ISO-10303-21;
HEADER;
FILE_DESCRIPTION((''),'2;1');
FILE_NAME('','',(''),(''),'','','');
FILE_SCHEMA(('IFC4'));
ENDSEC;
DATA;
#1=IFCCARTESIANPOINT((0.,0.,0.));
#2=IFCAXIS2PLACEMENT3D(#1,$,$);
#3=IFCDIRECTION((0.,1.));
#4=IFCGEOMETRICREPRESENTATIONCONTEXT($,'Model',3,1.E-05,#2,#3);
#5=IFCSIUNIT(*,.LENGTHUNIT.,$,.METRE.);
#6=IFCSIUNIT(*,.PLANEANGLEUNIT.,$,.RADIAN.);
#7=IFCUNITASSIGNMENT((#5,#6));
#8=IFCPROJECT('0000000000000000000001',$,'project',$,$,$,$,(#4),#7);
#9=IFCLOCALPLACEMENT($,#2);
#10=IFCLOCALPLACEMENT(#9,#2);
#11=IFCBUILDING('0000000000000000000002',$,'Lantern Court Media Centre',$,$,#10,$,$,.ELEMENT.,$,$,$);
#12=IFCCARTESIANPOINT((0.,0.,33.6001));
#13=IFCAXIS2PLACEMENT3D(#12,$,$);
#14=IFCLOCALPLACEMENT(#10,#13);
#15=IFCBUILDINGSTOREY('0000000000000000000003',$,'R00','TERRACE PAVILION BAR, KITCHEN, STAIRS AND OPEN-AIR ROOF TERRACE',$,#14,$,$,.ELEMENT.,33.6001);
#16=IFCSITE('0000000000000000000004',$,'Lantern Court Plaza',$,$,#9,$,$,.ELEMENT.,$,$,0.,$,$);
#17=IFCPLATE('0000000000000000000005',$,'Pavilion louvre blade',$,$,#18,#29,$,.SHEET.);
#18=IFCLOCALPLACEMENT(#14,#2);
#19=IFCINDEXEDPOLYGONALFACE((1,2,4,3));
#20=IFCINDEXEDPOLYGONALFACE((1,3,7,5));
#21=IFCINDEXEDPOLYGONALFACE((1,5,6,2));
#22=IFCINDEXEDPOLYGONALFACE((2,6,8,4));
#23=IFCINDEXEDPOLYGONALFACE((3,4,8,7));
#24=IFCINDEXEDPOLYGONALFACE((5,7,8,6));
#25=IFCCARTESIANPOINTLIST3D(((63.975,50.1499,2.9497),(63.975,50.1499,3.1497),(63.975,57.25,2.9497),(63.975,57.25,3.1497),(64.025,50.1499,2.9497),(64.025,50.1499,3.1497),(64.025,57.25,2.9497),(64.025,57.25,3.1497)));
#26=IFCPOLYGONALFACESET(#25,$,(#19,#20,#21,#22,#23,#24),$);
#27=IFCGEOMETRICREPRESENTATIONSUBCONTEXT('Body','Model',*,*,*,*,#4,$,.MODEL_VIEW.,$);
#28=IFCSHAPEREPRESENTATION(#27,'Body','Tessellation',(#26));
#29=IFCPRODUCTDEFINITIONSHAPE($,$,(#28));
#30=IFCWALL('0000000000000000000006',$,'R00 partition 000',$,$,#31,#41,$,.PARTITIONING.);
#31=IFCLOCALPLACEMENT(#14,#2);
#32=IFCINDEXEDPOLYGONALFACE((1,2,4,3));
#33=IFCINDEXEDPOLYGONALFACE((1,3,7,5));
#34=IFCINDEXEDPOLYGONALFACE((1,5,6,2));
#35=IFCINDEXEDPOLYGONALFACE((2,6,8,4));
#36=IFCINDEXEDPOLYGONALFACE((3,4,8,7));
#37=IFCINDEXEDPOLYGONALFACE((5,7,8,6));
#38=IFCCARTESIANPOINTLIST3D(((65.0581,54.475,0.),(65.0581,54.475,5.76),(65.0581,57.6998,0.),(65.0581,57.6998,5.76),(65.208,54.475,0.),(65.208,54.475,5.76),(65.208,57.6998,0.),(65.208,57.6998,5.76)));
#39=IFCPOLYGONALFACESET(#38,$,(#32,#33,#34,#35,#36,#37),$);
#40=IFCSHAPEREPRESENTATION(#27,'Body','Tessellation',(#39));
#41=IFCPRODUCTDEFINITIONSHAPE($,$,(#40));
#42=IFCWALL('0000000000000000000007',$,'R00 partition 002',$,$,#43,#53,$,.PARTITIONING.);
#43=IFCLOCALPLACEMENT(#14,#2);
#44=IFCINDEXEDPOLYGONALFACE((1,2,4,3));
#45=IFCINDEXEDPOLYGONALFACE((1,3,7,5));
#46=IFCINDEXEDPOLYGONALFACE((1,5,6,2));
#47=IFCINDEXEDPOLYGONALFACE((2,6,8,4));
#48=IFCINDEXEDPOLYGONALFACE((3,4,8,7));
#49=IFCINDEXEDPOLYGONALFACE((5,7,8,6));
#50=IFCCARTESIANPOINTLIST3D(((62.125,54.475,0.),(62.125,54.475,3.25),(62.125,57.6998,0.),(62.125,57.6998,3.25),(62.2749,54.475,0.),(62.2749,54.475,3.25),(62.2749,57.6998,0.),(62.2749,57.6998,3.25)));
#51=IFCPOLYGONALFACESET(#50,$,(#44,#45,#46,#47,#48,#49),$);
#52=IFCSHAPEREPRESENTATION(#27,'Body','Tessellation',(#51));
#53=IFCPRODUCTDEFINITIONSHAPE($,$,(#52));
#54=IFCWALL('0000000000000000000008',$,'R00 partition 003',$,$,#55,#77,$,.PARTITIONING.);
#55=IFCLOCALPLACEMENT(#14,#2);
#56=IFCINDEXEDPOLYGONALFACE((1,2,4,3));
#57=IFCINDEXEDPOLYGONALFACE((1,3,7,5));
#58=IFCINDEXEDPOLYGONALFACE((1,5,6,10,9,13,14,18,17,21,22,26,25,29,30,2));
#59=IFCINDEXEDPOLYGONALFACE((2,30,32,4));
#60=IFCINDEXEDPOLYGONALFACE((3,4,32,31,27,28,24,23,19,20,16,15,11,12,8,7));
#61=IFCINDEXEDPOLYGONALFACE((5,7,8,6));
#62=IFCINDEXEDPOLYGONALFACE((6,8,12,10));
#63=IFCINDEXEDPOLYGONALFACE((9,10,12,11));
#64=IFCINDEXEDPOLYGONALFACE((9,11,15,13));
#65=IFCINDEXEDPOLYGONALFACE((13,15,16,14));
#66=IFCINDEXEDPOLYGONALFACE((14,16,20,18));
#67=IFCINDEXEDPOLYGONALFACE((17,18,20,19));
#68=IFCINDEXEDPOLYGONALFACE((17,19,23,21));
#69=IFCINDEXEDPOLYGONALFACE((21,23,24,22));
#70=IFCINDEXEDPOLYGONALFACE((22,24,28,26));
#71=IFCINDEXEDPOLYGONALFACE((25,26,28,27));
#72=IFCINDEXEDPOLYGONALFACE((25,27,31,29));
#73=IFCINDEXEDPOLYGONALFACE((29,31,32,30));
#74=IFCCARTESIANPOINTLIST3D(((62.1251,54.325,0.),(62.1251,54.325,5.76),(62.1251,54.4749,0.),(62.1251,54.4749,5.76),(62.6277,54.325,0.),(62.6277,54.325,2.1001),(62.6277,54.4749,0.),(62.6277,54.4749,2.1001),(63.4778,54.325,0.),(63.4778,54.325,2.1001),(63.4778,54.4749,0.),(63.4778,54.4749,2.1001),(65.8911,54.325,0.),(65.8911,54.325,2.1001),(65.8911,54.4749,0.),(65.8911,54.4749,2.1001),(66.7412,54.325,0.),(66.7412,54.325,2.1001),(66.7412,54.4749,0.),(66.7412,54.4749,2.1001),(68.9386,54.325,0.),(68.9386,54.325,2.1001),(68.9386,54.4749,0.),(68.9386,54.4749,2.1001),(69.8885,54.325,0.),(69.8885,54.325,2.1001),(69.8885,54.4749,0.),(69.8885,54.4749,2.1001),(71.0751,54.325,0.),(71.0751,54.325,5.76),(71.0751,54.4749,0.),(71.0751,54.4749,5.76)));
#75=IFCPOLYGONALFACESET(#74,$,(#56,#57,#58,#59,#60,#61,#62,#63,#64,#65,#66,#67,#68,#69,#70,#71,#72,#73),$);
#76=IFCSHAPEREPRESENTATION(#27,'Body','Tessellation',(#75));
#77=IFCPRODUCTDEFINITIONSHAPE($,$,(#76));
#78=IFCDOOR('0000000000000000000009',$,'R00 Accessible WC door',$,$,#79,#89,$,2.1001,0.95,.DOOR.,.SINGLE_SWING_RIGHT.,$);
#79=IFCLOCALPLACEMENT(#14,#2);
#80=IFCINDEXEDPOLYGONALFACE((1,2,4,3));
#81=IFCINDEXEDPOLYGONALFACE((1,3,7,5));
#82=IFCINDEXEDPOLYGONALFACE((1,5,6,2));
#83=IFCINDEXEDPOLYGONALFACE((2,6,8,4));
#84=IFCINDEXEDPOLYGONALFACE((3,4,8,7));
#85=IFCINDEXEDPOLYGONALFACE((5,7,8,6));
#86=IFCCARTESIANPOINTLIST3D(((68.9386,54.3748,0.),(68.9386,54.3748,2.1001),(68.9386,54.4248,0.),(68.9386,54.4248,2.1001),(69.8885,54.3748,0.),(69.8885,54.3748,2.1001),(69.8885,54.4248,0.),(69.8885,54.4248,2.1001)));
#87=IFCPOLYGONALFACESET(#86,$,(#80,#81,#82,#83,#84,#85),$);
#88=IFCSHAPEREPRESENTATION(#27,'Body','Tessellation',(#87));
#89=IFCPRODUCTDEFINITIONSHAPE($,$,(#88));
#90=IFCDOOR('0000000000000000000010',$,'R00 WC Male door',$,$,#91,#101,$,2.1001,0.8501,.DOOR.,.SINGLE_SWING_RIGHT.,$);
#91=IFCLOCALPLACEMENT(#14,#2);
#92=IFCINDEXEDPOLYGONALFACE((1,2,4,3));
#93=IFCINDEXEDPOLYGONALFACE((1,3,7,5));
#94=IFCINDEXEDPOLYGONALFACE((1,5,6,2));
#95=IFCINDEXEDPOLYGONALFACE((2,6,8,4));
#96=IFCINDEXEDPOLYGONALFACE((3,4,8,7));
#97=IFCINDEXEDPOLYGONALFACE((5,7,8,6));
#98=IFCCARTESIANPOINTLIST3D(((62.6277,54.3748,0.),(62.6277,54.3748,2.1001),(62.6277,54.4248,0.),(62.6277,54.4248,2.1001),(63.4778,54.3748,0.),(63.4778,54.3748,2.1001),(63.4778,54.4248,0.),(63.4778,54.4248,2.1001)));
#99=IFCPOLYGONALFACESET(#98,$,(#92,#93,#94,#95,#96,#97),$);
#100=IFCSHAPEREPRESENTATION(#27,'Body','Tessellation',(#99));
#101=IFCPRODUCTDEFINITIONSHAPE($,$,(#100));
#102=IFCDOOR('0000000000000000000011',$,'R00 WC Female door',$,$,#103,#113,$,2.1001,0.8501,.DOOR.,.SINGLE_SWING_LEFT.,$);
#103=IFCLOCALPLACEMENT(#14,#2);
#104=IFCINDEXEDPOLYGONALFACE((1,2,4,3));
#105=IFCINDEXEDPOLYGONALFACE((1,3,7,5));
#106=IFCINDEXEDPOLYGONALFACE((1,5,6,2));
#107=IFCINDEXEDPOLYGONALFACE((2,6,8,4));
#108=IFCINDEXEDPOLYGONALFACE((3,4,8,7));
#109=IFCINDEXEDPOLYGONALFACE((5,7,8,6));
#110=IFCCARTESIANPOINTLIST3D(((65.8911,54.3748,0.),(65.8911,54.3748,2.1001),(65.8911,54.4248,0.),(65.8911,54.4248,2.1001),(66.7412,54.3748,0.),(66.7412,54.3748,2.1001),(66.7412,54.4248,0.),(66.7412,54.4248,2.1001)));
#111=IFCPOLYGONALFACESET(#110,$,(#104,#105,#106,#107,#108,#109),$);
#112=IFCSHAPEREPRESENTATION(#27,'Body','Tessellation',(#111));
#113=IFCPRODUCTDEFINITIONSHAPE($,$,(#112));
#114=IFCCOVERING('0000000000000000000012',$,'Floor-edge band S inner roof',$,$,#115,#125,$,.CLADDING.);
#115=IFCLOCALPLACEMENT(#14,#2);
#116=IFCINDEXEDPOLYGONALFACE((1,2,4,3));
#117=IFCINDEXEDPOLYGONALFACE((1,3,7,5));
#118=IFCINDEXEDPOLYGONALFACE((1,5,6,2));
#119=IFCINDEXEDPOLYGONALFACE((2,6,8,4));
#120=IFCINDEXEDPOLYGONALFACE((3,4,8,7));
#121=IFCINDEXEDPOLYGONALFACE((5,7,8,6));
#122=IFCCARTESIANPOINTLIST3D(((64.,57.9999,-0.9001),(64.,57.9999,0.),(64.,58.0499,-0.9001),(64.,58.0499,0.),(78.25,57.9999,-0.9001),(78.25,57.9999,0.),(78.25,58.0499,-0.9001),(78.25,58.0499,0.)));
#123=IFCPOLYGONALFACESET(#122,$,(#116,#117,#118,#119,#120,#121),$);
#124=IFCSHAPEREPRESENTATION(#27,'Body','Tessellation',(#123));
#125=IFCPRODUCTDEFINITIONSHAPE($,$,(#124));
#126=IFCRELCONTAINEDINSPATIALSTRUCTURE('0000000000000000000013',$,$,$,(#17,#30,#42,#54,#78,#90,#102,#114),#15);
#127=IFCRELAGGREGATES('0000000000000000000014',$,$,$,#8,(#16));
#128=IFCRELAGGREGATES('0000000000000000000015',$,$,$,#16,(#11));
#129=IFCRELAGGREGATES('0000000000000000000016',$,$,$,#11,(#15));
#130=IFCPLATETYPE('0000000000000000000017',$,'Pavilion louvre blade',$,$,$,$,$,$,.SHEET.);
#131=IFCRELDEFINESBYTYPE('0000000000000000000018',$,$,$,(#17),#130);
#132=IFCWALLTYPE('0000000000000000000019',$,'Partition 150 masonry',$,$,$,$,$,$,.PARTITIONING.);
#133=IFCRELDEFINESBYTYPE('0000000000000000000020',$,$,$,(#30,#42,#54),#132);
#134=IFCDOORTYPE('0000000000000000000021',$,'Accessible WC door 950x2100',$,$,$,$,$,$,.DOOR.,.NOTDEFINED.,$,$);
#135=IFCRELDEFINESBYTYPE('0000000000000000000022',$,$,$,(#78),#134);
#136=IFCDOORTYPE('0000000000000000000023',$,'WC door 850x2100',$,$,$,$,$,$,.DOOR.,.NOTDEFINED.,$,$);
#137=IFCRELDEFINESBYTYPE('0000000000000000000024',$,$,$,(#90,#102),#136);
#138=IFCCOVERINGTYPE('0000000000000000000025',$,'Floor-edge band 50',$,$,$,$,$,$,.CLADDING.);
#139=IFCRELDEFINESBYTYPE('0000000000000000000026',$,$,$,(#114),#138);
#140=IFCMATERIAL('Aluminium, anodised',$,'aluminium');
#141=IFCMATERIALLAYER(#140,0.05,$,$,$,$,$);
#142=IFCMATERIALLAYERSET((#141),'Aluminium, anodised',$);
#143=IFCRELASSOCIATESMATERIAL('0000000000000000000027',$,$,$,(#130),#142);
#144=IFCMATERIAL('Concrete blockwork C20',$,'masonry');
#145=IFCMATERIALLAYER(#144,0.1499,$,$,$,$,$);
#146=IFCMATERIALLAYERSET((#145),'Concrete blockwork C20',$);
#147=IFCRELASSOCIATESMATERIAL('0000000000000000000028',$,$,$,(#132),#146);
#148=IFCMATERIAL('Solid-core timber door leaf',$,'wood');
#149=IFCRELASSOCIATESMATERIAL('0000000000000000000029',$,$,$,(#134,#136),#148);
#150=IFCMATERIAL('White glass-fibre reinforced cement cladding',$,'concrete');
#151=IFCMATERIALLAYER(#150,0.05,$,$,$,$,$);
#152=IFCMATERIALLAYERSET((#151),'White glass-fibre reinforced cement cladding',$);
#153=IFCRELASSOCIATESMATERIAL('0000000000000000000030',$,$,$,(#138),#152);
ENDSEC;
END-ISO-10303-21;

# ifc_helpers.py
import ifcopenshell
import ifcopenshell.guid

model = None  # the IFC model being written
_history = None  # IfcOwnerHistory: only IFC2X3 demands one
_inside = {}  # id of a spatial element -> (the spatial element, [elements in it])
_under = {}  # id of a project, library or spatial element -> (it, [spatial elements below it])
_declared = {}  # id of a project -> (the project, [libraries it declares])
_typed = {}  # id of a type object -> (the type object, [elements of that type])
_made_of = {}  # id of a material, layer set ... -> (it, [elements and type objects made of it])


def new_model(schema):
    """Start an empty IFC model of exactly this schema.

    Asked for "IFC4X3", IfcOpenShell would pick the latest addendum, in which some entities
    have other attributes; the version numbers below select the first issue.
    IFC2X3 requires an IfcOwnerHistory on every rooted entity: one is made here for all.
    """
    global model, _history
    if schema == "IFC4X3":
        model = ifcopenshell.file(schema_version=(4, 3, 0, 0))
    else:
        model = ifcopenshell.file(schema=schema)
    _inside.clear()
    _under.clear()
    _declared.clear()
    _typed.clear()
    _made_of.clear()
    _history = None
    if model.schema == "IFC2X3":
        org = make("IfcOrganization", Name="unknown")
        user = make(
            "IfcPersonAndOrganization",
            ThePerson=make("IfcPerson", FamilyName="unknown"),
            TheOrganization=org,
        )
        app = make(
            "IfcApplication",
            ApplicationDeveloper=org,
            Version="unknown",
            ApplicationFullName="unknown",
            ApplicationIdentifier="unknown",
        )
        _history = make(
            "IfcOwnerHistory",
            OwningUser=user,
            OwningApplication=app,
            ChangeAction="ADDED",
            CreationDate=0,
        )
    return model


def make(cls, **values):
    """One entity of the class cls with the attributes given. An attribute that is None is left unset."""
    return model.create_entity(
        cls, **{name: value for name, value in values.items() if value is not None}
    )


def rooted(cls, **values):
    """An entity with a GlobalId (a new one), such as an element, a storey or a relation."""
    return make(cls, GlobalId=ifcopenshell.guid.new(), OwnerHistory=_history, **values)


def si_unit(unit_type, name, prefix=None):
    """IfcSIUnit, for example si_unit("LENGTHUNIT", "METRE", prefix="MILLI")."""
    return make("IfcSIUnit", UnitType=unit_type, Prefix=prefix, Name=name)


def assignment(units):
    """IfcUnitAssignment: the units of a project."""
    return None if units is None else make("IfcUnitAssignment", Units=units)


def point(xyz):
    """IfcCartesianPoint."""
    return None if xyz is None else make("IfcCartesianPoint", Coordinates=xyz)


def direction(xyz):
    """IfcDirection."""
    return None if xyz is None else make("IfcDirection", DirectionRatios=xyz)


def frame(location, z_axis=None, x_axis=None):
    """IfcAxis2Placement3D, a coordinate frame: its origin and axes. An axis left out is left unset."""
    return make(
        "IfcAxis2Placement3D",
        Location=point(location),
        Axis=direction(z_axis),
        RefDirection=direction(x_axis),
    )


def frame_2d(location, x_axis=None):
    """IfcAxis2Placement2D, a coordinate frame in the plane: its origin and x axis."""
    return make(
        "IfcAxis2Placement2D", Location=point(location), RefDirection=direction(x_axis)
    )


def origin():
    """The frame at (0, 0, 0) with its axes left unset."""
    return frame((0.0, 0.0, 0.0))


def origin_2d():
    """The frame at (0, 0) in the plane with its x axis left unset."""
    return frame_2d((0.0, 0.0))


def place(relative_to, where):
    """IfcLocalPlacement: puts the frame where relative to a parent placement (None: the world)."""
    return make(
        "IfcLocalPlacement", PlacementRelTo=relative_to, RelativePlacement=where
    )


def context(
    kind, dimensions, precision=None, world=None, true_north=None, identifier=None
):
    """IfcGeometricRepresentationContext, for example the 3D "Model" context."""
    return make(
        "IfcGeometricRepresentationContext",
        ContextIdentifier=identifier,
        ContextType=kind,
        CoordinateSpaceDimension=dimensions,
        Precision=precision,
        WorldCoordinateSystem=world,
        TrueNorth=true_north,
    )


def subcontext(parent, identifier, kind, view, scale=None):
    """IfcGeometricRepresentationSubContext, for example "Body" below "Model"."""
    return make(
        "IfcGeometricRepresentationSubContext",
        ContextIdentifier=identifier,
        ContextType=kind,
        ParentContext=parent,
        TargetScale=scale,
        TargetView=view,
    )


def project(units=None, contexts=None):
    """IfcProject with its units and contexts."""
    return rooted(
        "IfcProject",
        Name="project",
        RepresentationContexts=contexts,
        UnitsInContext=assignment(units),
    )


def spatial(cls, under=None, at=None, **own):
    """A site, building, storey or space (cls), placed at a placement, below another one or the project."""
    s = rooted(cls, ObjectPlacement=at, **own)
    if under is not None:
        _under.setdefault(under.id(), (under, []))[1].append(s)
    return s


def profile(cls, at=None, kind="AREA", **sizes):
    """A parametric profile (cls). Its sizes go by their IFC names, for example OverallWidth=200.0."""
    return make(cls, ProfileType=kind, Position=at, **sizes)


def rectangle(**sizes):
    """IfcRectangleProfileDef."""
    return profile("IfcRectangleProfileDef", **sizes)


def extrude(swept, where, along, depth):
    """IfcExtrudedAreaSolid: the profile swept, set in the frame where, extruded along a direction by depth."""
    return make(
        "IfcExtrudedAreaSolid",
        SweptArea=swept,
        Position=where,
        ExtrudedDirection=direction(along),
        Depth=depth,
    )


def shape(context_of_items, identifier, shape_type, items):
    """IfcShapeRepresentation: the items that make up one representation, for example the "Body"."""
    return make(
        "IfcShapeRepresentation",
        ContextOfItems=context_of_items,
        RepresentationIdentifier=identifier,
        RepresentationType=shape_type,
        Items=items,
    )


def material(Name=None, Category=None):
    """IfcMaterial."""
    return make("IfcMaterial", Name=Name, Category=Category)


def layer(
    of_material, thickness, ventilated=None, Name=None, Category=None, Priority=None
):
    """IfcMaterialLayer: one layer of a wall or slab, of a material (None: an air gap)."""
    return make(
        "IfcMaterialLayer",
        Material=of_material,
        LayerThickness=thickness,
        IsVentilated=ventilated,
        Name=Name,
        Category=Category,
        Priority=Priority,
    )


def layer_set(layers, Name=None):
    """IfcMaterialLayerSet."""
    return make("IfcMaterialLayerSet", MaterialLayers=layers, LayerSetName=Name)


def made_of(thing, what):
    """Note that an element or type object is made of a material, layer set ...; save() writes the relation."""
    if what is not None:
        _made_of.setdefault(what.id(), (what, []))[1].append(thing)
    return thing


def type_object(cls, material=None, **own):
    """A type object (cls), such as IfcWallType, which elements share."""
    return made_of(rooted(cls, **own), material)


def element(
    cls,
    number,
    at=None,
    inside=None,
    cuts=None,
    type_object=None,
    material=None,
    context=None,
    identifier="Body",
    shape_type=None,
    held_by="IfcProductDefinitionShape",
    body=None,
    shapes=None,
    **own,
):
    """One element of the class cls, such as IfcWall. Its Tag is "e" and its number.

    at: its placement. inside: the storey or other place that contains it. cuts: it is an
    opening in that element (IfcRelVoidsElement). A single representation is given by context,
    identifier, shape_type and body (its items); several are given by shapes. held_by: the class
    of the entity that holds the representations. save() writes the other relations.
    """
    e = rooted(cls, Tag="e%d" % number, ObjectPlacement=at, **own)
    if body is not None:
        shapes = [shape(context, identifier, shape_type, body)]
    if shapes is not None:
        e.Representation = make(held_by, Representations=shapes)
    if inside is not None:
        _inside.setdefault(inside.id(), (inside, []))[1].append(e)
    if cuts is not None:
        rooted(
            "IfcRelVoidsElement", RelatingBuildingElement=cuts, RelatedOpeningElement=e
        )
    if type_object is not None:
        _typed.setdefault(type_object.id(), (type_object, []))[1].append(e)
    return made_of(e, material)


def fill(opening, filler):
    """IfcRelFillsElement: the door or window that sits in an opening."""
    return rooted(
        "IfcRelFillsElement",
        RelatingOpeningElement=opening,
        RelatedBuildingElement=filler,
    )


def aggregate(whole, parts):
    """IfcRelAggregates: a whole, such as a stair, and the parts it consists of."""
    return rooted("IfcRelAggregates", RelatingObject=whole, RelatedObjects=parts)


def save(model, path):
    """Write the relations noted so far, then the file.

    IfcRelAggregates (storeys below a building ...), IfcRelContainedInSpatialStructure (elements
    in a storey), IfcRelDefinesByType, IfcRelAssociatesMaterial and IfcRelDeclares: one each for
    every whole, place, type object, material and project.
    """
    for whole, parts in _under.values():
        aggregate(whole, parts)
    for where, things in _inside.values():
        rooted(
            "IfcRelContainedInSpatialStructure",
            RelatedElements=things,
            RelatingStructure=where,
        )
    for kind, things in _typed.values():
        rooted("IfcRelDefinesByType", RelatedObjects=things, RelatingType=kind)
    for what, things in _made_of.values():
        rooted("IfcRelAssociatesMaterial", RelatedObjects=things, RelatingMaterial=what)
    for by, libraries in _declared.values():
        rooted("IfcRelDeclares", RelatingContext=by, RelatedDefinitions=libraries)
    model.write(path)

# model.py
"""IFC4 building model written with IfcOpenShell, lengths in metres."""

from ifc_helpers import new_model, si_unit, direction, frame, frame_2d, origin, origin_2d, place, context, subcontext, project, spatial, rectangle, extrude, material, layer, layer_set, type_object, element, fill, save


model = new_model("IFC4")

# Units and contexts
model_context = context("Model", 3, precision=1e-05, world=origin(), true_north=direction((0.0, 1.0)))
body_context = subcontext(model_context, "Body", "Model", "MODEL_VIEW")
ifc_project = project(units=[si_unit("LENGTHUNIT", "METRE"), si_unit("PLANEANGLEUNIT", "RADIAN")], contexts=[model_context])

# Site, building, storey
site_placement = place(None, origin())
site = spatial("IfcSite", under=ifc_project, at=site_placement, Name="Lantern Court Plaza", CompositionType="ELEMENT", RefElevation=0.0)
building_placement = place(site_placement, origin())
building = spatial("IfcBuilding", under=site, at=building_placement, Name="Lantern Court Media Centre", CompositionType="ELEMENT")
storey_placement = place(building_placement, frame((0.0, 0.0, 33.6001)))
storey = spatial("IfcBuildingStorey", under=building, at=storey_placement, Name="R00", Description="TERRACE PAVILION BAR, KITCHEN, STAIRS AND OPEN-AIR ROOF TERRACE", CompositionType="ELEMENT", Elevation=33.6001)

# Plate
ifc_material_1 = material(Name="Aluminium, anodised", Category="aluminium")
ifc_layer_1 = layer(ifc_material_1, 0.05)
ifc_layer_set_1 = layer_set([ifc_layer_1], Name="Aluminium, anodised")
plate_type = type_object("IfcPlateType", Name="Pavilion louvre blade", PredefinedType="SHEET", material=ifc_layer_set_1)
for number, where, z_axis, x_axis, name in (
    (1, (64.0, 53.7, 2.9497), (0.0, 0.0, 1.0), (1.0, 0.0, 0.0), "Pavilion louvre blade"),
):
    element("IfcPlate", number, at=place(storey_placement, frame(where, z_axis=z_axis, x_axis=x_axis)), inside=storey, type_object=plate_type, Name=name, PredefinedType="SHEET", context=body_context, shape_type="SweptSolid", body=[
        extrude(rectangle(XDim=0.05, YDim=7.1001, at=origin_2d()), origin(), (0.0, 0.0, 1.0), 0.2),
    ])

# Walls
ifc_material_2 = material(Name="Concrete blockwork C20", Category="masonry")
ifc_layer_2 = layer(ifc_material_2, 0.1499)
ifc_layer_set_2 = layer_set([ifc_layer_2], Name="Concrete blockwork C20")
wall_type = type_object("IfcWallType", Name="Partition 150 masonry", PredefinedType="PARTITIONING", material=ifc_layer_set_2)
wall_1_placement = place(storey_placement, frame((65.1331, 54.4751, 0.0), z_axis=(0.0, 0.0, 1.0), x_axis=(0.0, 1.0, 0.0)))
element("IfcWall", 2, at=wall_1_placement, inside=storey, type_object=wall_type, Name="R00 partition 000", PredefinedType="PARTITIONING", context=body_context, shape_type="SweptSolid", body=[
    extrude(rectangle(XDim=3.2249, YDim=0.1499, at=frame_2d((1.6123, 0.0))), origin(), (0.0, 0.0, 1.0), 5.76),
])
wall_2_placement = place(storey_placement, frame((62.2, 54.4751, 0.0), z_axis=(0.0, 0.0, 1.0), x_axis=(0.0, 1.0, 0.0)))
element("IfcWall", 3, at=wall_2_placement, inside=storey, type_object=wall_type, Name="R00 partition 002", PredefinedType="PARTITIONING", context=body_context, shape_type="SweptSolid", body=[
    extrude(rectangle(XDim=3.2249, YDim=0.1499, at=frame_2d((1.6123, 0.0))), origin(), (0.0, 0.0, 1.0), 3.25),
])

# Wall, openings, doors
wall_3_placement = place(storey_placement, frame((62.125, 54.3999, 0.0), z_axis=(0.0, 0.0, 1.0), x_axis=(1.0, 0.0, 0.0)))
wall_3 = element("IfcWall", 4, at=wall_3_placement, inside=storey, type_object=wall_type, Name="R00 partition 003", PredefinedType="PARTITIONING", context=body_context, shape_type="SweptSolid", body=[
    extrude(rectangle(XDim=8.95, YDim=0.1499, at=frame_2d((4.4751, 0.0))), origin(), (0.0, 0.0, 1.0), 5.76),
])
opening_1_placement = place(wall_3_placement, frame((0.5027, 0.0, 0.0)))
opening_1 = element("IfcOpeningElement", 5, at=opening_1_placement, cuts=wall_3, PredefinedType="OPENING", context=body_context, shape_type="SweptSolid", body=[
    extrude(rectangle(XDim=0.8501, YDim=2.1001, at=frame_2d((0.425, 1.05))), frame((0.0, 0.085, 0.0), z_axis=(0.0, -1.0, 0.0), x_axis=(1.0, 0.0, 0.0)), (0.0, 0.0, 1.0), 0.1699),
])
opening_2_placement = place(wall_3_placement, frame((3.7661, 0.0, 0.0)))
opening_2 = element("IfcOpeningElement", 6, at=opening_2_placement, cuts=wall_3, PredefinedType="OPENING", context=body_context, shape_type="SweptSolid", body=[
    extrude(rectangle(XDim=0.8501, YDim=2.1001, at=frame_2d((0.425, 1.05))), frame((0.0, 0.085, 0.0), z_axis=(0.0, -1.0, 0.0), x_axis=(1.0, 0.0, 0.0)), (0.0, 0.0, 1.0), 0.1699),
])
opening_3_placement = place(wall_3_placement, frame((6.8135, 0.0, 0.0)))
opening_3 = element("IfcOpeningElement", 7, at=opening_3_placement, cuts=wall_3, PredefinedType="OPENING", context=body_context, shape_type="SweptSolid", body=[
    extrude(rectangle(XDim=0.95, YDim=2.1001, at=frame_2d((0.4751, 1.05))), frame((0.0, 0.085, 0.0), z_axis=(0.0, -1.0, 0.0), x_axis=(1.0, 0.0, 0.0)), (0.0, 0.0, 1.0), 0.1699),
])
ifc_material_3 = material(Name="Solid-core timber door leaf", Category="wood")
door_type_1 = type_object("IfcDoorType", Name="Accessible WC door 950x2100", OperationType="NOTDEFINED", PredefinedType="DOOR", material=ifc_material_3)
door_1_placement = place(opening_3_placement, origin())
door_1 = element("IfcDoor", 8, at=door_1_placement, inside=storey, type_object=door_type_1, Name="R00 Accessible WC door", OperationType="SINGLE_SWING_RIGHT", OverallHeight=2.1001, OverallWidth=0.95, PredefinedType="DOOR", context=body_context, shape_type="SweptSolid", body=[
    extrude(rectangle(XDim=0.95, YDim=2.1001, at=frame_2d((0.4751, 1.05))), frame((0.0, 0.0249, 0.0), z_axis=(0.0, -1.0, 0.0), x_axis=(1.0, 0.0, 0.0)), (0.0, 0.0, 1.0), 0.05),
])
fill(opening_3, door_1)
door_type_2 = type_object("IfcDoorType", Name="WC door 850x2100", OperationType="NOTDEFINED", PredefinedType="DOOR", material=ifc_material_3)
door_2_placement = place(opening_1_placement, origin())
door_2 = element("IfcDoor", 9, at=door_2_placement, inside=storey, type_object=door_type_2, Name="R00 WC Male door", OperationType="SINGLE_SWING_RIGHT", OverallHeight=2.1001, OverallWidth=0.8501, PredefinedType="DOOR", context=body_context, shape_type="SweptSolid", body=[
    extrude(rectangle(XDim=0.8501, YDim=2.1001, at=frame_2d((0.425, 1.05))), frame((0.0, 0.0249, 0.0), z_axis=(0.0, -1.0, 0.0), x_axis=(1.0, 0.0, 0.0)), (0.0, 0.0, 1.0), 0.05),
])
fill(opening_1, door_2)
door_3_placement = place(opening_2_placement, origin())
door_3 = element("IfcDoor", 10, at=door_3_placement, inside=storey, type_object=door_type_2, Name="R00 WC Female door", OperationType="SINGLE_SWING_LEFT", OverallHeight=2.1001, OverallWidth=0.8501, PredefinedType="DOOR", context=body_context, shape_type="SweptSolid", body=[
    extrude(rectangle(XDim=0.8501, YDim=2.1001, at=frame_2d((0.425, 1.05))), frame((0.0, 0.0249, 0.0), z_axis=(0.0, -1.0, 0.0), x_axis=(1.0, 0.0, 0.0)), (0.0, 0.0, 1.0), 0.05),
])
fill(opening_2, door_3)

# Covering
ifc_material_4 = material(Name="White glass-fibre reinforced cement cladding", Category="concrete")
ifc_layer_3 = layer(ifc_material_4, 0.05)
ifc_layer_set_3 = layer_set([ifc_layer_3], Name="White glass-fibre reinforced cement cladding")
covering_type = type_object("IfcCoveringType", Name="Floor-edge band 50", PredefinedType="CLADDING", material=ifc_layer_set_3)
covering_placement = place(storey_placement, frame((64.0, 58.0249, -0.9001), z_axis=(0.0, 0.0, 1.0), x_axis=(1.0, 0.0, 0.0)))
element("IfcCovering", 11, at=covering_placement, inside=storey, type_object=covering_type, Name="Floor-edge band S inner roof", PredefinedType="CLADDING", context=body_context, shape_type="SweptSolid", body=[
    extrude(rectangle(XDim=14.25, YDim=0.05, at=frame_2d((7.125, 0.0))), origin(), (0.0, 0.0, 1.0), 0.9001),
])

save(model, "model.ifc")
